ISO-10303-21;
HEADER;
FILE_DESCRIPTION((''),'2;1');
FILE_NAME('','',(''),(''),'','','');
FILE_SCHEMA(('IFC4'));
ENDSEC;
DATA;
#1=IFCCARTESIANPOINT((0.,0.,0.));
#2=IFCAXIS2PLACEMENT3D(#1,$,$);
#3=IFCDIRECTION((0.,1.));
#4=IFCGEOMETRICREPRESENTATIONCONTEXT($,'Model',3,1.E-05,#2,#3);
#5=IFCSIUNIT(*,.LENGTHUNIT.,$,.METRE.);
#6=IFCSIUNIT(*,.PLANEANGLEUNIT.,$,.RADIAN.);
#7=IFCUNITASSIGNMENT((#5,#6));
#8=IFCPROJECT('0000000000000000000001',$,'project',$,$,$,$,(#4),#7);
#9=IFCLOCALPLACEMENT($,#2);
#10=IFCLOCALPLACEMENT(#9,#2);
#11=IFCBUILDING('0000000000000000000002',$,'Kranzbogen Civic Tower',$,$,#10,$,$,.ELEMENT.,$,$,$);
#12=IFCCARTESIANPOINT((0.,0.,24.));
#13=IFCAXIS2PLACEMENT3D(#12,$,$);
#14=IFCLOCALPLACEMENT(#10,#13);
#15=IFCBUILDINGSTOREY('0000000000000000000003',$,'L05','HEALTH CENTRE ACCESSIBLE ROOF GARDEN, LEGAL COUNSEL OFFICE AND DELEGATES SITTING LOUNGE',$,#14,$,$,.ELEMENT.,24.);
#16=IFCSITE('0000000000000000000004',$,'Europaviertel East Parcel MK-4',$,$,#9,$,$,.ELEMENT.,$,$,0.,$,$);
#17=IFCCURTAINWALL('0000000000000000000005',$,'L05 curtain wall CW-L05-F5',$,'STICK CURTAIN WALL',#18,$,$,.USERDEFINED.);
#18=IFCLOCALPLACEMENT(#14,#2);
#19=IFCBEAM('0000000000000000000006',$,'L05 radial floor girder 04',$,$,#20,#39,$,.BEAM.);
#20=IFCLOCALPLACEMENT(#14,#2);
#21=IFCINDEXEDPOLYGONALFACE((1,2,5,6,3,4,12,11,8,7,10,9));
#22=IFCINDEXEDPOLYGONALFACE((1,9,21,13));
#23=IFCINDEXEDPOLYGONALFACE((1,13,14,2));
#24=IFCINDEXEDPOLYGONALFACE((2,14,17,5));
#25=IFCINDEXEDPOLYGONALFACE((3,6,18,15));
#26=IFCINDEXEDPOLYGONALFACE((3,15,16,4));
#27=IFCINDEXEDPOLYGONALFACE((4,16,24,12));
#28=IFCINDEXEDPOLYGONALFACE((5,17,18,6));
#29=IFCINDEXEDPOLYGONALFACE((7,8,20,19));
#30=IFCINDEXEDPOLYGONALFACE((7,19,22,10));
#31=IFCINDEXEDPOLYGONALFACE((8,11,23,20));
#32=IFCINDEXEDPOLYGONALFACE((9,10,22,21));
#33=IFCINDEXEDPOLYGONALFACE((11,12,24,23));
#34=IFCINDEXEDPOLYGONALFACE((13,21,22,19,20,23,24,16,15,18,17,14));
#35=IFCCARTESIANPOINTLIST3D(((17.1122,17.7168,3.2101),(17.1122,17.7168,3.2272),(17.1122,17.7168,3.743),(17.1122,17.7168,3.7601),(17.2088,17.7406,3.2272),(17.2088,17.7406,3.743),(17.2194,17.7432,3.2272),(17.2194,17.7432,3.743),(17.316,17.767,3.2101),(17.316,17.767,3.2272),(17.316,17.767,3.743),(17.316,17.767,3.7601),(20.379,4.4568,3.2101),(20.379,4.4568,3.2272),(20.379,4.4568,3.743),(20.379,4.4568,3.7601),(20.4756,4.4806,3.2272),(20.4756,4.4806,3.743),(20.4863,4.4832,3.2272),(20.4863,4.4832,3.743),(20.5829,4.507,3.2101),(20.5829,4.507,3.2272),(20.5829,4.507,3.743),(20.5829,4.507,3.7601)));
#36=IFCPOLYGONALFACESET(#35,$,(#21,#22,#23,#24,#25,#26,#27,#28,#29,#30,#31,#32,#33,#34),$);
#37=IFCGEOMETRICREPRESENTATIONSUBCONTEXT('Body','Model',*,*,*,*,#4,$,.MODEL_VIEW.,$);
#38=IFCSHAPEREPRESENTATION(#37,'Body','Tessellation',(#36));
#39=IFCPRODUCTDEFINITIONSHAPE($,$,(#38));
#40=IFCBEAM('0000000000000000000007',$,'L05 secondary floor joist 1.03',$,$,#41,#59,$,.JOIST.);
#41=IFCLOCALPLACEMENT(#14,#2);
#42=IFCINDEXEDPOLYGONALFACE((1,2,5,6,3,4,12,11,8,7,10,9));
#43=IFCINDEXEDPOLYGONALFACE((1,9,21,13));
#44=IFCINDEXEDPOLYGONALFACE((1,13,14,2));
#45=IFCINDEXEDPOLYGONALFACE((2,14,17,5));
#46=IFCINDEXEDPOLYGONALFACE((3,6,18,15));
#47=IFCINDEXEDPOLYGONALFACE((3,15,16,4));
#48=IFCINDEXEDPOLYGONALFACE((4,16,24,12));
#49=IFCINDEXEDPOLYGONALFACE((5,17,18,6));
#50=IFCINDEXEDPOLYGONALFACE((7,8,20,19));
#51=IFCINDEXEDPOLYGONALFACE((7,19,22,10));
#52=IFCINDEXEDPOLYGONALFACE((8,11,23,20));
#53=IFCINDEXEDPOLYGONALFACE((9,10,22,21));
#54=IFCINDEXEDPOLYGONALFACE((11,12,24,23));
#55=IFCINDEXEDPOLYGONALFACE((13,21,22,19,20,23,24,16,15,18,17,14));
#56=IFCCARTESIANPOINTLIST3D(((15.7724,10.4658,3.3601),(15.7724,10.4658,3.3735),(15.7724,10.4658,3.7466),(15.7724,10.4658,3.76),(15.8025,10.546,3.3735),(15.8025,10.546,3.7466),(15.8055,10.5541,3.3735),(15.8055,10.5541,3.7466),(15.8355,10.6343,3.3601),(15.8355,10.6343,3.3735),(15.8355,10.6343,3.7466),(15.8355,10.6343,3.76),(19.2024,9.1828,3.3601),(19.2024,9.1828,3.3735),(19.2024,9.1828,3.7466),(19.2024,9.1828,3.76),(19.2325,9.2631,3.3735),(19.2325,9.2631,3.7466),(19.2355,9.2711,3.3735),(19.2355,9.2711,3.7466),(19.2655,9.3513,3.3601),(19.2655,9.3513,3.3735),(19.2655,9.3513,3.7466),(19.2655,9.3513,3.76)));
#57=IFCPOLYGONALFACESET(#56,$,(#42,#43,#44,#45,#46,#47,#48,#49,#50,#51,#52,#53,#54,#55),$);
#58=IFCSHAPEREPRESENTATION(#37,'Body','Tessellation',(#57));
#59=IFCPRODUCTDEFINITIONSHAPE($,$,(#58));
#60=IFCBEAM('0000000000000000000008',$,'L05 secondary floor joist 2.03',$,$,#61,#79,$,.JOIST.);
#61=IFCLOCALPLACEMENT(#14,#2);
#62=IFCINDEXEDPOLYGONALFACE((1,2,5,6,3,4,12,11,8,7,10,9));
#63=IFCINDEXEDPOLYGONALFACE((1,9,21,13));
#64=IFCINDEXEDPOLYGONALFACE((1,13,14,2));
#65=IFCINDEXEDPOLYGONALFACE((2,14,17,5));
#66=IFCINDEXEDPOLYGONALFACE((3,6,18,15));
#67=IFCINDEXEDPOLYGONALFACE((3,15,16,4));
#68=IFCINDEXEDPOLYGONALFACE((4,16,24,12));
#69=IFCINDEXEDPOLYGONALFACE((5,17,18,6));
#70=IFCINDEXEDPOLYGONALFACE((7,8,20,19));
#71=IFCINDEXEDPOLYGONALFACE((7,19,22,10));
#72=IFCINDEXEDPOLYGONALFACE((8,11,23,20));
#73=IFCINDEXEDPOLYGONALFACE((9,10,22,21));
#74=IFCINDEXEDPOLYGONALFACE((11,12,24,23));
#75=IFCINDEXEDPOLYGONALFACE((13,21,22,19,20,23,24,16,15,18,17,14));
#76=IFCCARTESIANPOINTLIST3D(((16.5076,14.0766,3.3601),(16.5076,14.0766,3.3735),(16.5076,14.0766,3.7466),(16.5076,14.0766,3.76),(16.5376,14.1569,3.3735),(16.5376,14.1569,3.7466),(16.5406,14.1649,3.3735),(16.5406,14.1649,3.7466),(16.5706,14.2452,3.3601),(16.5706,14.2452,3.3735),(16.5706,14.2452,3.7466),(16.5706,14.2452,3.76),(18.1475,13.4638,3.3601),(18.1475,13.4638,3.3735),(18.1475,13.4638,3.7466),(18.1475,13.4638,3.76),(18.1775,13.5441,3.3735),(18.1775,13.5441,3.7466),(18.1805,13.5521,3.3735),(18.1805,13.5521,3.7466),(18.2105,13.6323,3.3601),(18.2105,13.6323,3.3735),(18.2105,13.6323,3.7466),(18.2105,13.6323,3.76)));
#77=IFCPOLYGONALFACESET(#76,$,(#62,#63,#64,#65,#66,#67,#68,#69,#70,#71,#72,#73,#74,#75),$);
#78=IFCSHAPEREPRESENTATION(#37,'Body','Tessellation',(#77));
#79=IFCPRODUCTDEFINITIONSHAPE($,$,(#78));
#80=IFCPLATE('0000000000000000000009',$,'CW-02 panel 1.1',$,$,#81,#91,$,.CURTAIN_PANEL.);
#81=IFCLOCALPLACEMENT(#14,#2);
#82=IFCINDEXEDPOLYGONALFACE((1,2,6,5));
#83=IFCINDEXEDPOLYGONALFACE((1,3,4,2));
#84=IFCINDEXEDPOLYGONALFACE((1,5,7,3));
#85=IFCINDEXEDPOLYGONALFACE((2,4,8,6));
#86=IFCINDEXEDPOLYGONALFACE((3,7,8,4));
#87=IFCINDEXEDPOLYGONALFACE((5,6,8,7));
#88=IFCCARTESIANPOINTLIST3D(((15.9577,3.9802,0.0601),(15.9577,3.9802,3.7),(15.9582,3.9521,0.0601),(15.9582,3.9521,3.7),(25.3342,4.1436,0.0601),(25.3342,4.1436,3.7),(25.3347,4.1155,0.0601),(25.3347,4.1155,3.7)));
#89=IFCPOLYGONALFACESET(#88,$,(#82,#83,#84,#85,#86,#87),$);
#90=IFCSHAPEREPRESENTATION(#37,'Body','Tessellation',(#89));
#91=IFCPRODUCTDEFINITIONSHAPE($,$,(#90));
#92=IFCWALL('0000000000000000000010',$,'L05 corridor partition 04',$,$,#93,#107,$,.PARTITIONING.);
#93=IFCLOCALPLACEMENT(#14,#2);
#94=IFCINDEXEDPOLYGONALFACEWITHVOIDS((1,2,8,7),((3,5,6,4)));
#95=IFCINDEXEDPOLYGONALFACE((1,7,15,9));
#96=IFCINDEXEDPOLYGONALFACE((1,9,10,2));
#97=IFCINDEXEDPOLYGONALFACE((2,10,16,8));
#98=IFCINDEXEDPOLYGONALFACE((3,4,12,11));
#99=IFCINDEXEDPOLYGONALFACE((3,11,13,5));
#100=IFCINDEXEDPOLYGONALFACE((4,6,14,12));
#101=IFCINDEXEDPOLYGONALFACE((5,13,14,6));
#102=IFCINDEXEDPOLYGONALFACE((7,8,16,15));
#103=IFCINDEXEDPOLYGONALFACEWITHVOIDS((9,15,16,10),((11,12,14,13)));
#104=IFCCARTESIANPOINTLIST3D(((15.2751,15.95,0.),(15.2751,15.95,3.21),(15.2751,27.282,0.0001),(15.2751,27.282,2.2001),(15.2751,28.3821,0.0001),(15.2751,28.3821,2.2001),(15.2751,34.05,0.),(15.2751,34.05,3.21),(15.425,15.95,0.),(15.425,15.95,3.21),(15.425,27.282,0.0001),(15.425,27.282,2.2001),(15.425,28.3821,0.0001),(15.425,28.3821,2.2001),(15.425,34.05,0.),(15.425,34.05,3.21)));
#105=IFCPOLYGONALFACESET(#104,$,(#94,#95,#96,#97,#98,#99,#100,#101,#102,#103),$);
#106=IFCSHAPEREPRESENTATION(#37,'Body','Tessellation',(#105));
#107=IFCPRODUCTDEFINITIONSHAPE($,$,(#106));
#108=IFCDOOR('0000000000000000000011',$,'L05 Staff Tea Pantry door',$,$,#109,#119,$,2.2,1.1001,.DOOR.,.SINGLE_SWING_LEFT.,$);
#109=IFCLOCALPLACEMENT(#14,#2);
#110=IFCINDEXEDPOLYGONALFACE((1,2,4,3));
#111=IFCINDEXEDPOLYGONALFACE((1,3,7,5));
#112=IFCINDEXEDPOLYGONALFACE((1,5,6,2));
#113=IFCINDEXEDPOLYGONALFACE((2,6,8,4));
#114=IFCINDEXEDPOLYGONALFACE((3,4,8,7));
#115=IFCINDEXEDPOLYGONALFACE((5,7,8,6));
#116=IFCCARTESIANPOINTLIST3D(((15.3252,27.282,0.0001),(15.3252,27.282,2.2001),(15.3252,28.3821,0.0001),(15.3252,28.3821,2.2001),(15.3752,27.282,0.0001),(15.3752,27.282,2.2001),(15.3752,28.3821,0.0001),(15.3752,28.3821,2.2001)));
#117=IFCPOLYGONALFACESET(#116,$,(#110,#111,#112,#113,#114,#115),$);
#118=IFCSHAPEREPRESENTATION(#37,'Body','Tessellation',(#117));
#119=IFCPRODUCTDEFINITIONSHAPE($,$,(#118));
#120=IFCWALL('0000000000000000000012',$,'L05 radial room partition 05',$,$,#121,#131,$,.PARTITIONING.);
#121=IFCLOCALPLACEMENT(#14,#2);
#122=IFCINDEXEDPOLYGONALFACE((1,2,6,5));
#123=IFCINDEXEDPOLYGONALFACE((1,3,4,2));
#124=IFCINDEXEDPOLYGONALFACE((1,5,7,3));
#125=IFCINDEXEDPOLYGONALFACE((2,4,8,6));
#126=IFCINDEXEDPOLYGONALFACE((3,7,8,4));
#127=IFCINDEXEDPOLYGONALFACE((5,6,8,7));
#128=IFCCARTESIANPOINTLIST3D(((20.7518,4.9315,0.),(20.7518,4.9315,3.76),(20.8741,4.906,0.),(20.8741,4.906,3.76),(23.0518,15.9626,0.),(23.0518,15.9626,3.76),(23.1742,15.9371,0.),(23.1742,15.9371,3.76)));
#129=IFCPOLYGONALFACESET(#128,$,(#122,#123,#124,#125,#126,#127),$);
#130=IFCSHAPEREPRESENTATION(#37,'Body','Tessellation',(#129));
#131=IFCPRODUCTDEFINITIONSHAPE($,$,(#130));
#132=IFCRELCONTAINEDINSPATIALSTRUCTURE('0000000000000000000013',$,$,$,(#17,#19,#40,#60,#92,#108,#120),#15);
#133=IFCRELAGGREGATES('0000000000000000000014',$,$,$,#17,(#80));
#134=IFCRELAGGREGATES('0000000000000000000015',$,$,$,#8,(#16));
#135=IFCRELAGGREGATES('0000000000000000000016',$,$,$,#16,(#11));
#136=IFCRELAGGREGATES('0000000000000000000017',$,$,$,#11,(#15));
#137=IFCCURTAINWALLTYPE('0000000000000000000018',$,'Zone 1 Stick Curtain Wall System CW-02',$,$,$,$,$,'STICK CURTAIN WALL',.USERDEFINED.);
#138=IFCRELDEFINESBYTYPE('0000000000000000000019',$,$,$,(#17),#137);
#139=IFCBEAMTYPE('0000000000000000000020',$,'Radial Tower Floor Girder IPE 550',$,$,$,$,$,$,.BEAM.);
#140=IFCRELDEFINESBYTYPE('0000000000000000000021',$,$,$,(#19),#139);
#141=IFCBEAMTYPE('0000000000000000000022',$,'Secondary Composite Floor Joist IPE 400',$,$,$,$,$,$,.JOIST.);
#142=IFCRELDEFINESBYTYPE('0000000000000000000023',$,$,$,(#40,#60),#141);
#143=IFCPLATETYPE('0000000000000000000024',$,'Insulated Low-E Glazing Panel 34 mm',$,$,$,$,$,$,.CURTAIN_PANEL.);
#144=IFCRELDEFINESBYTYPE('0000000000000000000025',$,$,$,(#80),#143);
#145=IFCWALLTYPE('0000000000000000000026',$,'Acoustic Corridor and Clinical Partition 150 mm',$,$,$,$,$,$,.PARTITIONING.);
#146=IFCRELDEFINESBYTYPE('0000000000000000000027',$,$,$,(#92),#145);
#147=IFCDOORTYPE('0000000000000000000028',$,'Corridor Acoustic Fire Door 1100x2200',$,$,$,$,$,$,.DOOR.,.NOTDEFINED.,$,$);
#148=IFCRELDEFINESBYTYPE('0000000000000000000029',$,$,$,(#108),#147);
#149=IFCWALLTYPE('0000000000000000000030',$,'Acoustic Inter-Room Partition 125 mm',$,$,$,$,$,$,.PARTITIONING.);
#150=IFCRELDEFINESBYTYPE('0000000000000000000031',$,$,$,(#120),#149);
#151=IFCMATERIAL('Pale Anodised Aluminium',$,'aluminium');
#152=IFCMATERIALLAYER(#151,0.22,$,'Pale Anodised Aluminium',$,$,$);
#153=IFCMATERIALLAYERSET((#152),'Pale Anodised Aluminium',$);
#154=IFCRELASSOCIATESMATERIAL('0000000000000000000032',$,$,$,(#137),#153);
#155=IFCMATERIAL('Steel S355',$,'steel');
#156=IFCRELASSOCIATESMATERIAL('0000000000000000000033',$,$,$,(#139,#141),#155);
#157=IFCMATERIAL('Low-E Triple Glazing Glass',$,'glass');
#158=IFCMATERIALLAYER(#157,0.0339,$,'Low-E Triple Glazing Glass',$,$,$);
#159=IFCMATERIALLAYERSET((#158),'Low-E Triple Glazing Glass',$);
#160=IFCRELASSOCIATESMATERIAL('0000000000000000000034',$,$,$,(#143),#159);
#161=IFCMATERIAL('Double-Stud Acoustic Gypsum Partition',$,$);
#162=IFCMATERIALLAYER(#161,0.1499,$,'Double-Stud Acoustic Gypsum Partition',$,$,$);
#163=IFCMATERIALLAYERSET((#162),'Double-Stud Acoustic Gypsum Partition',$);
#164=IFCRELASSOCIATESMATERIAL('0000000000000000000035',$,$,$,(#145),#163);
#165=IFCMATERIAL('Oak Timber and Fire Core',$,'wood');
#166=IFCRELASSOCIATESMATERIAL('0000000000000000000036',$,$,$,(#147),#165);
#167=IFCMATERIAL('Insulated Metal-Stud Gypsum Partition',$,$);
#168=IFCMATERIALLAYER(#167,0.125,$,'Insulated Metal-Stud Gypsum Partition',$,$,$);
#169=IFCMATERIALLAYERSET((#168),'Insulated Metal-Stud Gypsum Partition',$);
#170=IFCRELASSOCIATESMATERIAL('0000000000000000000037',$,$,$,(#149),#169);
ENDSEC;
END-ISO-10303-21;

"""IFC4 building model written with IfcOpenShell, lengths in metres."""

from ifc_helpers import new_model, si_unit, direction, frame, frame_2d, origin, origin_2d, place, context, subcontext, project, spatial, rectangle, i_section, extrude, material, layer, layer_set, material_profile, profile_set, type_object, element, fill, aggregate, save


model = new_model("IFC4")

# Units and contexts
model_context = context("Model", 3, precision=1e-05, world=origin(), true_north=direction((0.0, 1.0)))
body_context = subcontext(model_context, "Body", "Model", "MODEL_VIEW")
ifc_project = project(units=[si_unit("LENGTHUNIT", "METRE"), si_unit("PLANEANGLEUNIT", "RADIAN")], contexts=[model_context])

# Site, building, storey
site_placement = place(None, origin())
site = spatial("IfcSite", under=ifc_project, at=site_placement, Name="Europaviertel East Parcel MK-4", CompositionType="ELEMENT", RefElevation=0.0)
building_placement = place(site_placement, origin())
building = spatial("IfcBuilding", under=site, at=building_placement, Name="Kranzbogen Civic Tower", CompositionType="ELEMENT")
storey_placement = place(building_placement, frame((0.0, 0.0, 24.0)))
storey = spatial("IfcBuildingStorey", under=building, at=storey_placement, Name="L05", Description="HEALTH CENTRE ACCESSIBLE ROOF GARDEN, LEGAL COUNSEL OFFICE AND DELEGATES SITTING LOUNGE", CompositionType="ELEMENT", Elevation=24.0)

# Curtain wall
ifc_material_1 = material(Name="Pale Anodised Aluminium", Category="aluminium")
ifc_layer_1 = layer(ifc_material_1, 0.22, Name="Pale Anodised Aluminium")
ifc_layer_set_1 = layer_set([ifc_layer_1], Name="Pale Anodised Aluminium")
curtain_wall_type = type_object("IfcCurtainWallType", Name="Zone 1 Stick Curtain Wall System CW-02", ElementType="STICK CURTAIN WALL", PredefinedType="USERDEFINED", material=ifc_layer_set_1)
curtain_wall_placement = place(storey_placement, origin())
curtain_wall = element("IfcCurtainWall", 1, at=curtain_wall_placement, inside=storey, type_object=curtain_wall_type, Name="L05 curtain wall CW-L05-F5", ObjectType="STICK CURTAIN WALL", PredefinedType="USERDEFINED")

# Beams
ifc_material_2 = material(Name="Steel S355", Category="steel")
ifc_material_profile_1 = material_profile(ifc_material_2, i_section(OverallWidth=0.21, OverallDepth=0.55, WebThickness=0.011, FlangeThickness=0.0171, at=origin_2d()), Name="IPE 550")
ifc_profile_set_1 = profile_set([ifc_material_profile_1], Name="Steel S355")
beam_type_1 = type_object("IfcBeamType", Name="Radial Tower Floor Girder IPE 550", PredefinedType="BEAM", material=ifc_profile_set_1)
beam_1_placement = place(storey_placement, frame((20.481, 4.4819, 3.4851), z_axis=(-0.239215, 0.970967, 0.0), x_axis=(-0.970967, -0.239215, 0.0)))
element("IfcBeam", 2, at=beam_1_placement, inside=storey, type_object=beam_type_1, Name="L05 radial floor girder 04", PredefinedType="BEAM", context=body_context, shape_type="SweptSolid", body=[
    extrude(i_section(OverallWidth=0.21, OverallDepth=0.55, WebThickness=0.011, FlangeThickness=0.0171, at=origin_2d()), origin(), (0.0, 0.0, 1.0), 13.6565),
])
ifc_material_profile_2 = material_profile(ifc_material_2, i_section(OverallWidth=0.1799, OverallDepth=0.3999, WebThickness=0.0085, FlangeThickness=0.0134, at=origin_2d()), Name="IPE 400")
ifc_profile_set_2 = profile_set([ifc_material_profile_2], Name="Steel S355")
beam_type_2 = type_object("IfcBeamType", Name="Secondary Composite Floor Joist IPE 400", PredefinedType="JOIST", material=ifc_profile_set_2)
beam_2_placement = place(storey_placement, frame((15.804, 10.55, 3.5601), z_axis=(0.936622, -0.350342, 0.0), x_axis=(0.350342, 0.936622, 0.0)))
element("IfcBeam", 3, at=beam_2_placement, inside=storey, type_object=beam_type_2, Name="L05 secondary floor joist 1.03", PredefinedType="JOIST", context=body_context, shape_type="SweptSolid", body=[
    extrude(i_section(OverallWidth=0.1799, OverallDepth=0.3999, WebThickness=0.0085, FlangeThickness=0.0134, at=origin_2d()), origin(), (0.0, 0.0, 1.0), 3.6621),
])
beam_3_placement = place(storey_placement, frame((16.5391, 14.1609, 3.5601), z_axis=(0.936735, -0.350038, 0.0), x_axis=(0.350038, 0.936735, 0.0)))
element("IfcBeam", 4, at=beam_3_placement, inside=storey, type_object=beam_type_2, Name="L05 secondary floor joist 2.03", PredefinedType="JOIST", context=body_context, shape_type="SweptSolid", body=[
    extrude(i_section(OverallWidth=0.1799, OverallDepth=0.3999, WebThickness=0.0085, FlangeThickness=0.0134, at=origin_2d()), origin(), (0.0, 0.0, 1.0), 1.7507),
])

# Plate
ifc_material_3 = material(Name="Low-E Triple Glazing Glass", Category="glass")
ifc_layer_2 = layer(ifc_material_3, 0.0339, Name="Low-E Triple Glazing Glass")
ifc_layer_set_2 = layer_set([ifc_layer_2], Name="Low-E Triple Glazing Glass")
plate_type = type_object("IfcPlateType", Name="Insulated Low-E Glazing Panel 34 mm", PredefinedType="CURTAIN_PANEL", material=ifc_layer_set_2)
plate_placement = place(storey_placement, frame((20.6462, 4.0479, 0.0601), z_axis=(0.0, 0.0, 1.0), x_axis=(0.999848, 0.017427, 0.0)))
plate = element("IfcPlate", 5, at=plate_placement, type_object=plate_type, Name="CW-02 panel 1.1", PredefinedType="CURTAIN_PANEL", context=body_context, shape_type="SweptSolid", body=[
    extrude(rectangle(XDim=9.3779, YDim=0.0281, at=origin_2d()), origin(), (0.0, 0.0, 1.0), 3.6399),
])
aggregate(curtain_wall, [plate])

# Wall, opening, door
ifc_material_4 = material(Name="Double-Stud Acoustic Gypsum Partition")
ifc_layer_3 = layer(ifc_material_4, 0.1499, Name="Double-Stud Acoustic Gypsum Partition")
ifc_layer_set_3 = layer_set([ifc_layer_3], Name="Double-Stud Acoustic Gypsum Partition")
wall_type_1 = type_object("IfcWallType", Name="Acoustic Corridor and Clinical Partition 150 mm", PredefinedType="PARTITIONING", material=ifc_layer_set_3)
wall_1_placement = place(storey_placement, frame((15.3501, 15.95, 0.0), z_axis=(0.0, 0.0, 1.0), x_axis=(0.0, 1.0, 0.0)))
wall_1 = element("IfcWall", 6, at=wall_1_placement, inside=storey, type_object=wall_type_1, Name="L05 corridor partition 04", PredefinedType="PARTITIONING", context=body_context, shape_type="SweptSolid", body=[
    extrude(rectangle(XDim=18.1001, YDim=0.1499, at=frame_2d((9.05, 0.0))), origin(), (0.0, 0.0, 1.0), 3.21),
])
opening_placement = place(wall_1_placement, frame((11.332, 0.0, 0.0)))
opening = element("IfcOpeningElement", 7, at=opening_placement, cuts=wall_1, PredefinedType="OPENING", context=body_context, shape_type="SweptSolid", body=[
    extrude(rectangle(XDim=1.1001, YDim=2.2, at=frame_2d((0.55, 1.1001))), frame((0.0, 0.085, 0.0), z_axis=(0.0, -1.0, 0.0), x_axis=(1.0, 0.0, 0.0)), (0.0, 0.0, 1.0), 0.1699),
])
ifc_material_5 = material(Name="Oak Timber and Fire Core", Category="wood")
door_type = type_object("IfcDoorType", Name="Corridor Acoustic Fire Door 1100x2200", OperationType="NOTDEFINED", PredefinedType="DOOR", material=ifc_material_5)
door_placement = place(opening_placement, origin())
door = element("IfcDoor", 8, at=door_placement, inside=storey, type_object=door_type, Name="L05 Staff Tea Pantry door", OperationType="SINGLE_SWING_LEFT", OverallHeight=2.2, OverallWidth=1.1001, PredefinedType="DOOR", context=body_context, shape_type="SweptSolid", body=[
    extrude(rectangle(XDim=1.1001, YDim=2.2, at=frame_2d((0.55, 1.1001))), frame((0.0, 0.0249, 0.0), z_axis=(0.0, -1.0, 0.0), x_axis=(1.0, 0.0, 0.0)), (0.0, 0.0, 1.0), 0.05),
])
fill(opening, door)

# Wall
ifc_material_6 = material(Name="Insulated Metal-Stud Gypsum Partition")
ifc_layer_4 = layer(ifc_material_6, 0.125, Name="Insulated Metal-Stud Gypsum Partition")
ifc_layer_set_4 = layer_set([ifc_layer_4], Name="Insulated Metal-Stud Gypsum Partition")
wall_type_2 = type_object("IfcWallType", Name="Acoustic Inter-Room Partition 125 mm", PredefinedType="PARTITIONING", material=ifc_layer_set_4)
wall_2_placement = place(storey_placement, frame((23.113, 15.95, 0.0), z_axis=(0.0, 0.0, 1.0), x_axis=(-0.204118, -0.978946, 0.0)))
element("IfcWall", 9, at=wall_2_placement, inside=storey, type_object=wall_type_2, Name="L05 radial room partition 05", PredefinedType="PARTITIONING", context=body_context, shape_type="SweptSolid", body=[
    extrude(rectangle(XDim=11.2683, YDim=0.125, at=frame_2d((5.6343, 0.0))), origin(), (0.0, 0.0, 1.0), 3.76),
])

save(model, "model.ifc")
